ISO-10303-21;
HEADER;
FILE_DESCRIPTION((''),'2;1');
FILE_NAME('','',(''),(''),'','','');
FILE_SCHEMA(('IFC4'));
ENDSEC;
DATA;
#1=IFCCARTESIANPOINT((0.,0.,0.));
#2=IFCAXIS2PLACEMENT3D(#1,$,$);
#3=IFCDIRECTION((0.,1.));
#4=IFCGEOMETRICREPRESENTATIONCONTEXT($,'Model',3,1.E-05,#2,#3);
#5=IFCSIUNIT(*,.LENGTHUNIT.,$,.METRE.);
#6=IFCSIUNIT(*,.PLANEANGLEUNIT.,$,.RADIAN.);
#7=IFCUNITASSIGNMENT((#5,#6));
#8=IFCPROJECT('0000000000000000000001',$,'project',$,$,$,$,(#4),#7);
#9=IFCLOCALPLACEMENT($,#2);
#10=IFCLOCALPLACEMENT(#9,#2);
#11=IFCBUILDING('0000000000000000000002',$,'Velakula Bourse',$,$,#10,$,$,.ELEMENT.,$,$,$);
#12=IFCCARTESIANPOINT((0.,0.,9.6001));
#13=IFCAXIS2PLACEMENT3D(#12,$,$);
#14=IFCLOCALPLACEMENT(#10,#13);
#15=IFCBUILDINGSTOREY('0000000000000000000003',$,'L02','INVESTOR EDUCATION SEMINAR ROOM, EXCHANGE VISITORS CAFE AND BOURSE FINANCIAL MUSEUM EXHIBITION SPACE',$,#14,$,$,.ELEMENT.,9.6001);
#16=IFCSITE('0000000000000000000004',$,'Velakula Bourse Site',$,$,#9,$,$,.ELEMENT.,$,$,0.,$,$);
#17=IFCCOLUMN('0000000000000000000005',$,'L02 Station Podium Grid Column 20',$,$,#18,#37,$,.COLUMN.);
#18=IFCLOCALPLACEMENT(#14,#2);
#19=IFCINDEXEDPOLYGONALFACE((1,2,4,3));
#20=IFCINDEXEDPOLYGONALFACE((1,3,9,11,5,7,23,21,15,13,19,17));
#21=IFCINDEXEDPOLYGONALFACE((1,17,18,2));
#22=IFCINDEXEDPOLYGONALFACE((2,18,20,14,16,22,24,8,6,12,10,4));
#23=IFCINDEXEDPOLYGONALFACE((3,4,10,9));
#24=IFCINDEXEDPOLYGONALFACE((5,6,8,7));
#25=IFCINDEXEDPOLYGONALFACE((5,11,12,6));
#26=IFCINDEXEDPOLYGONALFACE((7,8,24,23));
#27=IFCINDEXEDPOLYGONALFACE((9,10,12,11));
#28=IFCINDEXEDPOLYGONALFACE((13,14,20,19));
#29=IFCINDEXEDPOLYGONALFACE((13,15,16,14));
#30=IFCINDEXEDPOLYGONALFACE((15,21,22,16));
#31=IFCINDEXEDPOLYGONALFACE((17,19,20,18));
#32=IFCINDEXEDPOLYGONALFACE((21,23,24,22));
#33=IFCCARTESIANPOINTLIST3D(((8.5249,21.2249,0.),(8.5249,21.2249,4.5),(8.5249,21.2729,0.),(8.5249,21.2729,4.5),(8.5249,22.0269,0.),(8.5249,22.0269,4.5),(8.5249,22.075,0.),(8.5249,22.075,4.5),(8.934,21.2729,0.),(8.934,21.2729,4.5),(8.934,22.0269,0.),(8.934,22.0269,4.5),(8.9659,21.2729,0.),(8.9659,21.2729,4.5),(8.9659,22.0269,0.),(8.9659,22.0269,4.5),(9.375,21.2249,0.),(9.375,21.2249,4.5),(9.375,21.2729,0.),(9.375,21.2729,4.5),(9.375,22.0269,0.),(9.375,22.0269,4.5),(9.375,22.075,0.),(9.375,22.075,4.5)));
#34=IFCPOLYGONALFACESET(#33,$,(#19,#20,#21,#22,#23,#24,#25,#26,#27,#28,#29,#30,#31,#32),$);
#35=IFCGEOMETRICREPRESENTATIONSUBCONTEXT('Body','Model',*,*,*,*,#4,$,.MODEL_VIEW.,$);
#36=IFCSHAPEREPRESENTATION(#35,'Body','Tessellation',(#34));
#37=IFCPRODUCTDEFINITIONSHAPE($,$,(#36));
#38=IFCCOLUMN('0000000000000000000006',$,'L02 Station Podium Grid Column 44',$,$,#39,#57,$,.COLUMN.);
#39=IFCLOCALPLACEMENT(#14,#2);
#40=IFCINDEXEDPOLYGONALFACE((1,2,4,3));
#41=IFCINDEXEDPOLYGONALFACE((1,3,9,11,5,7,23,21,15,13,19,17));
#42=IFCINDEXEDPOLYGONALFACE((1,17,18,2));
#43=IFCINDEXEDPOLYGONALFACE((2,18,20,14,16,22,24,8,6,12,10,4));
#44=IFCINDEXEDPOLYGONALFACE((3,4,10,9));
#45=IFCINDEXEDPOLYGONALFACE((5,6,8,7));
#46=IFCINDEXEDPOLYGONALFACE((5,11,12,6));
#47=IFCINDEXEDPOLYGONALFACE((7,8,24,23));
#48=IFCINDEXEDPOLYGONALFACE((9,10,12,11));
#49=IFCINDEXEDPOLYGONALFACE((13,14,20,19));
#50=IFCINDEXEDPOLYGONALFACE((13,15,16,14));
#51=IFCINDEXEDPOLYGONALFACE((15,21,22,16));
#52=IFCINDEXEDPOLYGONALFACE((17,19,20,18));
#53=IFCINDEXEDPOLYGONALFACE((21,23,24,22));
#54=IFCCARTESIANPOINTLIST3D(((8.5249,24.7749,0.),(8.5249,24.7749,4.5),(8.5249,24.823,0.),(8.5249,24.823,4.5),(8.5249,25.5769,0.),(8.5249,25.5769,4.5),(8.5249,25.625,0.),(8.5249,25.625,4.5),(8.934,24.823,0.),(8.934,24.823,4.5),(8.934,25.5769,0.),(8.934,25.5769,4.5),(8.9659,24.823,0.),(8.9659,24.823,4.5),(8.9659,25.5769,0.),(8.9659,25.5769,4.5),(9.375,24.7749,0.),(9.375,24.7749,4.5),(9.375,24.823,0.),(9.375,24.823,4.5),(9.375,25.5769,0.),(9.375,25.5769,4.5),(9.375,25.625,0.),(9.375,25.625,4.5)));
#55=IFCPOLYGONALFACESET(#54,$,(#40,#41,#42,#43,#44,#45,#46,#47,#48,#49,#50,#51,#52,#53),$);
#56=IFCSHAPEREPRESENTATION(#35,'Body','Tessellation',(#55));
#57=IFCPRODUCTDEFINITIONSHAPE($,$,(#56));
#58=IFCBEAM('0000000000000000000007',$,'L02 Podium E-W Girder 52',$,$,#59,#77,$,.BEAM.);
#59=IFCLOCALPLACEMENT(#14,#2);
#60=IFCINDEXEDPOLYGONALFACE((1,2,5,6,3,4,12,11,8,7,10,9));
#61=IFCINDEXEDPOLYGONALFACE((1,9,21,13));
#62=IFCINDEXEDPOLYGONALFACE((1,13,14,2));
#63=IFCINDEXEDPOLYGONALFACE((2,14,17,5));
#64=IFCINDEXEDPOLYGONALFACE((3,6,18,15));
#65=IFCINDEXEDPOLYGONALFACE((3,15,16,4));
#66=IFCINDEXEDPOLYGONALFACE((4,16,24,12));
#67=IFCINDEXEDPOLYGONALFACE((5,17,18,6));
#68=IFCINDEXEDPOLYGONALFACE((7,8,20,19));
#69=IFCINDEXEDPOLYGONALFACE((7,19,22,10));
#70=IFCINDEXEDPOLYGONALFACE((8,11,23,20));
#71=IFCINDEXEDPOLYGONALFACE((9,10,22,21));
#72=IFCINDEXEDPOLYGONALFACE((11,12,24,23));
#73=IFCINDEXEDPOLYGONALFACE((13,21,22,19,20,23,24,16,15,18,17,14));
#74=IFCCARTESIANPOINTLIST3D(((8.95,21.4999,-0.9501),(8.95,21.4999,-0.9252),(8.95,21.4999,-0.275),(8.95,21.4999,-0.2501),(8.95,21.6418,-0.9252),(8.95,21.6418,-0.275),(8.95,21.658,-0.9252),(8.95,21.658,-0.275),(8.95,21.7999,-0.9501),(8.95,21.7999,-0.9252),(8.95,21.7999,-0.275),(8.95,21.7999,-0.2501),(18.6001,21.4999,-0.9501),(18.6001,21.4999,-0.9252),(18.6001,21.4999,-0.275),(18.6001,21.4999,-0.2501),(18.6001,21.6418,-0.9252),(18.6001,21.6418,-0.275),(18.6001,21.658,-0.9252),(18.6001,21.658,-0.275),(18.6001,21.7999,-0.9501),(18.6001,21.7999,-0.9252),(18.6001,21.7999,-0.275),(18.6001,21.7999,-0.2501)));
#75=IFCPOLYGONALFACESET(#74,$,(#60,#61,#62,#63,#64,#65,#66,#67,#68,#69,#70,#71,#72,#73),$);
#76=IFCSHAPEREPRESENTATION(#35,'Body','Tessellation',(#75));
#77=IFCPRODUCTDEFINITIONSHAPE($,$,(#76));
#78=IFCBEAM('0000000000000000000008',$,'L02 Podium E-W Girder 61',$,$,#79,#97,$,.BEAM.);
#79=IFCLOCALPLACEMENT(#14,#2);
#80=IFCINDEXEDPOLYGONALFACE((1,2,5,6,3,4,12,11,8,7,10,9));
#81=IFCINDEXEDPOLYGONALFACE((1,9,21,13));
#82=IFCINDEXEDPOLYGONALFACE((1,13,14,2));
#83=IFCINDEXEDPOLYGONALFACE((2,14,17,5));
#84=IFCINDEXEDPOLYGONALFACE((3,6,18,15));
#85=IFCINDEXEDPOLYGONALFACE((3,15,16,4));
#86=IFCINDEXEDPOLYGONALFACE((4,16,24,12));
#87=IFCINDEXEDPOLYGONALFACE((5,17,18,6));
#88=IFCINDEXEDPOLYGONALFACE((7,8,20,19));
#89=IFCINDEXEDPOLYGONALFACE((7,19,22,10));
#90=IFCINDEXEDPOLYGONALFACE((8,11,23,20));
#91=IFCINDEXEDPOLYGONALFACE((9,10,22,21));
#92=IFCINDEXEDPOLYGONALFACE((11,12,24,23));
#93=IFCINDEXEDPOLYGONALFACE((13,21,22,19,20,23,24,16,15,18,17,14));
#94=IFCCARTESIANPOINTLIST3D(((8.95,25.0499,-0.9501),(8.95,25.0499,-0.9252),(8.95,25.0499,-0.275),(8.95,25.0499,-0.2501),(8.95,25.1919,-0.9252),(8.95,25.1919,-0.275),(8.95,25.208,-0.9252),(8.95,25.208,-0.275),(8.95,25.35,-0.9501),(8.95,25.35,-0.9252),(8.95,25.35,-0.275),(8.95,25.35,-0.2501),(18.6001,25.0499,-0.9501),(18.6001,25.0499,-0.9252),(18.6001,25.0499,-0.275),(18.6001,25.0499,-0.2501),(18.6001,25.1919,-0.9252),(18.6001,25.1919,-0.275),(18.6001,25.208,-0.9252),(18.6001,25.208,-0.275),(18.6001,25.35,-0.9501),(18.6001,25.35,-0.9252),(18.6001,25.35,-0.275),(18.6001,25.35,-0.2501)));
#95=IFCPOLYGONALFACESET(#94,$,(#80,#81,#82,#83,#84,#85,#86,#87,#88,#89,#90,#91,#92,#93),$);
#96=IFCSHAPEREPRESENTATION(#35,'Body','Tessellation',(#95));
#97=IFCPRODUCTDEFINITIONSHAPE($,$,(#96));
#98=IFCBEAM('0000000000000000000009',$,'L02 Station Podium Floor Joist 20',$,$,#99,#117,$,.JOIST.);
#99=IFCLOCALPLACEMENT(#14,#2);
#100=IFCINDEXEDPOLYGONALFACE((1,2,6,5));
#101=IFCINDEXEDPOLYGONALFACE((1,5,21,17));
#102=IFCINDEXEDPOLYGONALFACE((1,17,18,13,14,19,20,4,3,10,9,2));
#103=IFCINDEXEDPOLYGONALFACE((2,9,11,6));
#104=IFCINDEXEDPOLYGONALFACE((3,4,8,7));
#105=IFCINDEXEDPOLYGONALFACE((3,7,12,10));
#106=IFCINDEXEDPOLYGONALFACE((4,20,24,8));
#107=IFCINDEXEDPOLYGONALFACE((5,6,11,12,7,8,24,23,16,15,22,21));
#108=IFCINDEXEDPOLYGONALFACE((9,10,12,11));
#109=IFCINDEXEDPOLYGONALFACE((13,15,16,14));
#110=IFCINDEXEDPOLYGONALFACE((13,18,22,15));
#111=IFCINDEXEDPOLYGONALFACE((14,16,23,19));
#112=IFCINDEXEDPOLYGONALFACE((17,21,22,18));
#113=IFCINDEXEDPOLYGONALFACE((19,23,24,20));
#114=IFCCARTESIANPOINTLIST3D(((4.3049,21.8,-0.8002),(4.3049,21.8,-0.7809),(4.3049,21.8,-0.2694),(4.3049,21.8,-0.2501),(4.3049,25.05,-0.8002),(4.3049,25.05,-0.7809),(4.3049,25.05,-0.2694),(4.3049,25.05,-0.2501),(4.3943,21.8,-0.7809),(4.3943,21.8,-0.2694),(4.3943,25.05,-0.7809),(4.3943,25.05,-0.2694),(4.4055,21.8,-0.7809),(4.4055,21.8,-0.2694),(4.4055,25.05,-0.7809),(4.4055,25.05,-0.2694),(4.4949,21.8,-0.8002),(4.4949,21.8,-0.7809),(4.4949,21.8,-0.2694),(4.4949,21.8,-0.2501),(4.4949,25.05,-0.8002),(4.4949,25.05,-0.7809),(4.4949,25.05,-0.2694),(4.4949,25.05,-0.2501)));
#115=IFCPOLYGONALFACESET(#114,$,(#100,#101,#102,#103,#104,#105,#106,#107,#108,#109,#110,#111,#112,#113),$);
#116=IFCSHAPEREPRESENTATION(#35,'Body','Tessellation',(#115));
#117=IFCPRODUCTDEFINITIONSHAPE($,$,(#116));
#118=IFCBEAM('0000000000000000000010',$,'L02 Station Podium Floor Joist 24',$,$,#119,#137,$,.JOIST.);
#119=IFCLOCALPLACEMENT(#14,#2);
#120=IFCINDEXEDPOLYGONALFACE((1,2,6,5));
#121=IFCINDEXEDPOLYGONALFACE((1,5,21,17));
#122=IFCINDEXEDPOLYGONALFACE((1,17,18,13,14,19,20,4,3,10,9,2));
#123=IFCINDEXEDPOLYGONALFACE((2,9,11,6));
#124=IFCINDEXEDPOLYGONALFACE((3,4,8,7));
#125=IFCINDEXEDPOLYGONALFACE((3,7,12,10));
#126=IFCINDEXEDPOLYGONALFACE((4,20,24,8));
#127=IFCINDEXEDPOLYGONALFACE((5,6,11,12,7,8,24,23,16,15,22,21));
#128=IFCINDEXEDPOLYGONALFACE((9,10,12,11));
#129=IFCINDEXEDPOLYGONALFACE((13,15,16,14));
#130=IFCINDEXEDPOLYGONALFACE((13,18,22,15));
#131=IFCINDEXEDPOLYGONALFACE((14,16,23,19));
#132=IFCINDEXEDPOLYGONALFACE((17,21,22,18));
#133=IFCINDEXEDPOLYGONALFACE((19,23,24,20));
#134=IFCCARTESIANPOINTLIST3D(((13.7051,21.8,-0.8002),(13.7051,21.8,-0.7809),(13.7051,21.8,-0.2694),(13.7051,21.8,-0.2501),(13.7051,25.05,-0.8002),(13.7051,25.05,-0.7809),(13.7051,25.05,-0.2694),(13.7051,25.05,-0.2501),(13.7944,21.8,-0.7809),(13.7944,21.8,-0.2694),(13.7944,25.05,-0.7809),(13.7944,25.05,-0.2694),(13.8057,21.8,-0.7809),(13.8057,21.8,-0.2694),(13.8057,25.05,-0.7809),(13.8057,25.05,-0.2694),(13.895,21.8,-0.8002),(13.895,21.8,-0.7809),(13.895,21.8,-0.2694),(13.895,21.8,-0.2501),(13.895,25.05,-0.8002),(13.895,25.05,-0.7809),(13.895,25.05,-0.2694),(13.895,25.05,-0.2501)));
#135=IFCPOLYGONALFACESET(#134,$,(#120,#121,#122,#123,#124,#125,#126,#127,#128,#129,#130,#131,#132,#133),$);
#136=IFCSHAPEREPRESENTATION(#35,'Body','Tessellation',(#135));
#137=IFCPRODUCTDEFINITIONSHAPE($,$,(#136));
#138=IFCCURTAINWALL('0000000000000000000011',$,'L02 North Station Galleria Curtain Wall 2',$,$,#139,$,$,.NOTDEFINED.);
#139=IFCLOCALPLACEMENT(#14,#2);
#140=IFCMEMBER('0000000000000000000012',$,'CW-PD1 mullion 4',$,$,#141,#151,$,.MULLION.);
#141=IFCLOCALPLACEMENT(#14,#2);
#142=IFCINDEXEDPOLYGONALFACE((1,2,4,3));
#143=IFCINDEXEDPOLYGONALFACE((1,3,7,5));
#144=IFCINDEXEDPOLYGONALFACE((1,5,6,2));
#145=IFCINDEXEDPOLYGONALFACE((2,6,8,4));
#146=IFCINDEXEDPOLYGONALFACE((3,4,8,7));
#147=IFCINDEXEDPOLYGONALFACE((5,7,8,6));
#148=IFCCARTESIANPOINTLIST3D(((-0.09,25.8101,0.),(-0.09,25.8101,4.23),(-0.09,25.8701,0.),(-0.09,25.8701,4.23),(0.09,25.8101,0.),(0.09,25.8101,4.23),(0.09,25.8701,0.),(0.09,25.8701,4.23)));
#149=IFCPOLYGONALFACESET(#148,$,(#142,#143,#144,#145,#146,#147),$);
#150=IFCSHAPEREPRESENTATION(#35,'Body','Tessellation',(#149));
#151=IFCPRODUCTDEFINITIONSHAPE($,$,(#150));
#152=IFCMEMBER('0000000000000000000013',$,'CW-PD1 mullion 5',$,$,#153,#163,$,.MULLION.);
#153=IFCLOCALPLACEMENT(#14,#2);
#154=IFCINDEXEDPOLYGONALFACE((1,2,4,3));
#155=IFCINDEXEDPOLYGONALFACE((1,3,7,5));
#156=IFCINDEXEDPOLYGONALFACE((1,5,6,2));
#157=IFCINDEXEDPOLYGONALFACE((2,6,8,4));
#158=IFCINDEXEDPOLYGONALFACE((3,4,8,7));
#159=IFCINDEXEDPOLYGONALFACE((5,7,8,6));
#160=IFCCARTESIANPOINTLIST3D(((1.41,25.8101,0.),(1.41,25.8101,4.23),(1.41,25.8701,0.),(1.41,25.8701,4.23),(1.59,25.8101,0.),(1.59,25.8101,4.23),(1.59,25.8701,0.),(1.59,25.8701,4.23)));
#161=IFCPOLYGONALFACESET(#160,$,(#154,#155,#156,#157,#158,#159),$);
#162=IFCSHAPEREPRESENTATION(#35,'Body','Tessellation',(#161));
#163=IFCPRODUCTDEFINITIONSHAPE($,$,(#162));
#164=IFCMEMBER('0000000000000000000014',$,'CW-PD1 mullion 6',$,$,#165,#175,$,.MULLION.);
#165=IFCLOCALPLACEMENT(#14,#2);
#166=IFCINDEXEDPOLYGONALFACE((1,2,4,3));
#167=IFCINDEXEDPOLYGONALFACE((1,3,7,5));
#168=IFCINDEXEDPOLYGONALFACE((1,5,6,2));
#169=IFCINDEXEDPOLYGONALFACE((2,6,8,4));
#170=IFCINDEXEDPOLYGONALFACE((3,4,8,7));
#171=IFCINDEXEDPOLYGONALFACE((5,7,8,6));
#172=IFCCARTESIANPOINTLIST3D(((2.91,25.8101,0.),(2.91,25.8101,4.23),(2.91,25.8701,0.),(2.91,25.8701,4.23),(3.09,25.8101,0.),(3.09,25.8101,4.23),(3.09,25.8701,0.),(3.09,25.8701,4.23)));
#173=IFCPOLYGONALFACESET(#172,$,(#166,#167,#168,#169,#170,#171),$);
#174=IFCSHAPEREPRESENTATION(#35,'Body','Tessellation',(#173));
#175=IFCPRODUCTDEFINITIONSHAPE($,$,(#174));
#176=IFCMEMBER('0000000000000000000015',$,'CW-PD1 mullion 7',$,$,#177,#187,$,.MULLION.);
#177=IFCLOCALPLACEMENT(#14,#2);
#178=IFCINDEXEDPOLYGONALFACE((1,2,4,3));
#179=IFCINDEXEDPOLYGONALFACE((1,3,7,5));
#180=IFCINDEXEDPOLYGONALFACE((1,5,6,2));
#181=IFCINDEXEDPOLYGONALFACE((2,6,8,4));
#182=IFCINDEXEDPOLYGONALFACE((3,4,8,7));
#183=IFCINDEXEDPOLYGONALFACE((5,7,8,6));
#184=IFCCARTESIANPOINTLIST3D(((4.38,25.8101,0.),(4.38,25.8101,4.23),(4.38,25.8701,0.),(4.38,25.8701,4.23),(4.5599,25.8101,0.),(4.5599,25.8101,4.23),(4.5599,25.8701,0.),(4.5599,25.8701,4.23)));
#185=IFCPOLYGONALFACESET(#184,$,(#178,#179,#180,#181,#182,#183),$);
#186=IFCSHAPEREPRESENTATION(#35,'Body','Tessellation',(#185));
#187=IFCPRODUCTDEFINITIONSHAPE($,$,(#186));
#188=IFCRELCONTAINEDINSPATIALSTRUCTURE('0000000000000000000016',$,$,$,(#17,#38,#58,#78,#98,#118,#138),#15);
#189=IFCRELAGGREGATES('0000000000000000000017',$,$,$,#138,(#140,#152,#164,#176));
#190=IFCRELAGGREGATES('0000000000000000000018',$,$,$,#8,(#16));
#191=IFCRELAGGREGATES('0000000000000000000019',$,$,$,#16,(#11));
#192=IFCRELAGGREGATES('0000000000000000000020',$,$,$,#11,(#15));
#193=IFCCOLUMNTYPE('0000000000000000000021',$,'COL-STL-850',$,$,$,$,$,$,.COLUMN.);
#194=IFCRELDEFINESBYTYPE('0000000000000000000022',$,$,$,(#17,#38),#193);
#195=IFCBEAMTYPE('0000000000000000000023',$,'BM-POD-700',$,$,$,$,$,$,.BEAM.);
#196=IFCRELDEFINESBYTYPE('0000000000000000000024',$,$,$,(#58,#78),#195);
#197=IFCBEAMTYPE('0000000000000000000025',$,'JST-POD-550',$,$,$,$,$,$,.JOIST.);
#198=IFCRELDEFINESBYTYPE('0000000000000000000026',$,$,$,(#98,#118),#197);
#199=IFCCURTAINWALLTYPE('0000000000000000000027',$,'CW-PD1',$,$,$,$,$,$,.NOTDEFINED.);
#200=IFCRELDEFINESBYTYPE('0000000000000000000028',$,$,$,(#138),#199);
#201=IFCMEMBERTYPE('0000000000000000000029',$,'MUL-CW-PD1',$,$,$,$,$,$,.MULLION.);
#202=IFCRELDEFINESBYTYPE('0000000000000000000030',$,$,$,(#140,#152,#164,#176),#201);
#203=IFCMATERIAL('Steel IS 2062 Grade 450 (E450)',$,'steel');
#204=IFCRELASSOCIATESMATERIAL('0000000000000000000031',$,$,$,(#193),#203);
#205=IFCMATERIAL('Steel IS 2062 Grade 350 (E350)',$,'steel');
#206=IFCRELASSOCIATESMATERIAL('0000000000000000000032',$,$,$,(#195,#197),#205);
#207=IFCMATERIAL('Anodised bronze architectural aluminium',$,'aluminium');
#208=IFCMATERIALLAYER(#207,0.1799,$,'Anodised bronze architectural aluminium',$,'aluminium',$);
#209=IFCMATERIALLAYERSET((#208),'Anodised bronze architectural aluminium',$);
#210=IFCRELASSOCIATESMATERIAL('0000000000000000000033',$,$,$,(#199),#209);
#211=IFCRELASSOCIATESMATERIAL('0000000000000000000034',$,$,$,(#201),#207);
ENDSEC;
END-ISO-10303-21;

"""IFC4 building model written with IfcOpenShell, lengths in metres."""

from ifc_helpers import new_model, si_unit, direction, frame, origin, origin_2d, place, context, subcontext, project, spatial, rectangle, i_section, extrude, material, layer, layer_set, material_profile, profile_set, type_object, element, aggregate, save


model = new_model("IFC4")

# Units and contexts
model_context = context("Model", 3, precision=1e-05, world=origin(), true_north=direction((0.0, 1.0)))
body_context = subcontext(model_context, "Body", "Model", "MODEL_VIEW")
ifc_project = project(units=[si_unit("LENGTHUNIT", "METRE"), si_unit("PLANEANGLEUNIT", "RADIAN")], contexts=[model_context])

# Site, building, storey
site_placement = place(None, origin())
site = spatial("IfcSite", under=ifc_project, at=site_placement, Name="Velakula Bourse Site", CompositionType="ELEMENT", RefElevation=0.0)
building_placement = place(site_placement, origin())
building = spatial("IfcBuilding", under=site, at=building_placement, Name="Velakula Bourse", CompositionType="ELEMENT")
storey_placement = place(building_placement, frame((0.0, 0.0, 9.6001)))
storey = spatial("IfcBuildingStorey", under=building, at=storey_placement, Name="L02", Description="INVESTOR EDUCATION SEMINAR ROOM, EXCHANGE VISITORS CAFE AND BOURSE FINANCIAL MUSEUM EXHIBITION SPACE", CompositionType="ELEMENT", Elevation=9.6001)

# Columns
ifc_material_1 = material(Name="Steel IS 2062 Grade 450 (E450)", Category="steel")
ifc_material_profile_1 = material_profile(ifc_material_1, i_section(OverallWidth=0.8501, OverallDepth=0.8501, WebThickness=0.032, FlangeThickness=0.0481, at=origin_2d()), Name="Steel IS 2062 Grade 450 (E450)")
ifc_profile_set_1 = profile_set([ifc_material_profile_1], Name="Steel IS 2062 Grade 450 (E450)")
column_type = type_object("IfcColumnType", Name="COL-STL-850", PredefinedType="COLUMN", material=ifc_profile_set_1)
for number, where, z_axis, x_axis, name in (
    (1, (8.95, 21.6499, 0.0), (0.0, 0.0, 1.0), (1.0, 0.0, 0.0), "L02 Station Podium Grid Column 20"),
    (2, (8.95, 25.2, 0.0), (0.0, 0.0, 1.0), (1.0, 0.0, 0.0), "L02 Station Podium Grid Column 44"),
):
    element("IfcColumn", number, at=place(storey_placement, frame(where, z_axis=z_axis, x_axis=x_axis)), inside=storey, type_object=column_type, Name=name, PredefinedType="COLUMN", context=body_context, shape_type="SweptSolid", body=[
        extrude(i_section(OverallWidth=0.8501, OverallDepth=0.8501, WebThickness=0.032, FlangeThickness=0.0481, at=origin_2d()), origin(), (0.0, 0.0, 1.0), 4.5),
    ])

# Beams
ifc_material_2 = material(Name="Steel IS 2062 Grade 350 (E350)", Category="steel")
ifc_material_profile_2 = material_profile(ifc_material_2, i_section(OverallWidth=0.3, OverallDepth=0.7, WebThickness=0.0161, FlangeThickness=0.0249, at=origin_2d()), Name="Steel IS 2062 Grade 350 (E350)")
ifc_profile_set_2 = profile_set([ifc_material_profile_2], Name="Steel IS 2062 Grade 350 (E350)")
beam_type_1 = type_object("IfcBeamType", Name="BM-POD-700", PredefinedType="BEAM", material=ifc_profile_set_2)
for number, where, z_axis, x_axis, name in (
    (3, (8.95, 21.6499, -0.6001), (1.0, 0.0, 0.0), (0.0, 1.0, 0.0), "L02 Podium E-W Girder 52"),
    (4, (8.95, 25.2, -0.6001), (1.0, 0.0, 0.0), (0.0, 1.0, 0.0), "L02 Podium E-W Girder 61"),
):
    element("IfcBeam", number, at=place(storey_placement, frame(where, z_axis=z_axis, x_axis=x_axis)), inside=storey, type_object=beam_type_1, Name=name, PredefinedType="BEAM", context=body_context, shape_type="SweptSolid", body=[
        extrude(i_section(OverallWidth=0.3, OverallDepth=0.7, WebThickness=0.0161, FlangeThickness=0.0249, at=origin_2d()), origin(), (0.0, 0.0, 1.0), 9.6501),
    ])
ifc_material_profile_3 = material_profile(ifc_material_2, i_section(OverallWidth=0.1899, OverallDepth=0.55, WebThickness=0.0112, FlangeThickness=0.0193, at=origin_2d()), Name="Steel IS 2062 Grade 350 (E350)")
ifc_profile_set_3 = profile_set([ifc_material_profile_3], Name="Steel IS 2062 Grade 350 (E350)")
beam_type_2 = type_object("IfcBeamType", Name="JST-POD-550", PredefinedType="JOIST", material=ifc_profile_set_3)
for number, where, z_axis, x_axis, name in (
    (5, (4.3999, 21.8, -0.5251), (0.0, 1.0, 0.0), (-1.0, 0.0, 0.0), "L02 Station Podium Floor Joist 20"),
    (6, (13.8, 21.8, -0.5251), (0.0, 1.0, 0.0), (-1.0, 0.0, 0.0), "L02 Station Podium Floor Joist 24"),
):
    element("IfcBeam", number, at=place(storey_placement, frame(where, z_axis=z_axis, x_axis=x_axis)), inside=storey, type_object=beam_type_2, Name=name, PredefinedType="JOIST", context=body_context, shape_type="SweptSolid", body=[
        extrude(i_section(OverallWidth=0.1899, OverallDepth=0.55, WebThickness=0.0112, FlangeThickness=0.0193, at=origin_2d()), origin(), (0.0, 0.0, 1.0), 3.25),
    ])

# Curtain wall, members
ifc_material_3 = material(Name="Anodised bronze architectural aluminium", Category="aluminium")
ifc_layer_1 = layer(ifc_material_3, 0.1799, Name="Anodised bronze architectural aluminium", Category="aluminium")
ifc_layer_set_1 = layer_set([ifc_layer_1], Name="Anodised bronze architectural aluminium")
curtain_wall_type = type_object("IfcCurtainWallType", Name="CW-PD1", PredefinedType="NOTDEFINED", material=ifc_layer_set_1)
curtain_wall_placement = place(storey_placement, origin())
curtain_wall = element("IfcCurtainWall", 7, at=curtain_wall_placement, inside=storey, type_object=curtain_wall_type, Name="L02 North Station Galleria Curtain Wall 2", PredefinedType="NOTDEFINED")
ifc_material_profile_4 = material_profile(ifc_material_3, rectangle(XDim=0.0601, YDim=0.1799, at=origin_2d()), Name="Anodised bronze architectural aluminium")
ifc_profile_set_4 = profile_set([ifc_material_profile_4], Name="Anodised bronze architectural aluminium")
member_type_1 = type_object("IfcMemberType", Name="MUL-CW-PD1", PredefinedType="MULLION", material=ifc_profile_set_4)
member_1_placement = place(storey_placement, frame((0.0, 25.8401, 0.0), z_axis=(0.0, 0.0, 1.0), x_axis=(0.0, 1.0, 0.0)))
member_1 = element("IfcMember", 8, at=member_1_placement, type_object=member_type_1, Name="CW-PD1 mullion 4", PredefinedType="MULLION", context=body_context, shape_type="SweptSolid", body=[
    extrude(rectangle(XDim=0.0601, YDim=0.1799, at=origin_2d()), origin(), (0.0, 0.0, 1.0), 4.23),
])
member_2_placement = place(storey_placement, frame((1.5, 25.8401, 0.0), z_axis=(0.0, 0.0, 1.0), x_axis=(0.0, 1.0, 0.0)))
member_2 = element("IfcMember", 9, at=member_2_placement, type_object=member_type_1, Name="CW-PD1 mullion 5", PredefinedType="MULLION", context=body_context, shape_type="SweptSolid", body=[
    extrude(rectangle(XDim=0.0601, YDim=0.1799, at=origin_2d()), origin(), (0.0, 0.0, 1.0), 4.23),
])
member_3_placement = place(storey_placement, frame((3.0, 25.8401, 0.0), z_axis=(0.0, 0.0, 1.0), x_axis=(0.0, 1.0, 0.0)))
member_3 = element("IfcMember", 10, at=member_3_placement, type_object=member_type_1, Name="CW-PD1 mullion 6", PredefinedType="MULLION", context=body_context, shape_type="SweptSolid", body=[
    extrude(rectangle(XDim=0.0601, YDim=0.1799, at=origin_2d()), origin(), (0.0, 0.0, 1.0), 4.23),
])
member_4_placement = place(storey_placement, frame((4.47, 25.8401, 0.0), z_axis=(0.0, 0.0, 1.0), x_axis=(0.0, 1.0, 0.0)))
member_4 = element("IfcMember", 11, at=member_4_placement, type_object=member_type_1, Name="CW-PD1 mullion 7", PredefinedType="MULLION", context=body_context, shape_type="SweptSolid", body=[
    extrude(rectangle(XDim=0.0601, YDim=0.1799, at=origin_2d()), origin(), (0.0, 0.0, 1.0), 4.23),
])
aggregate(curtain_wall, [member_1, member_2, member_3, member_4])

save(model, "model.ifc")
